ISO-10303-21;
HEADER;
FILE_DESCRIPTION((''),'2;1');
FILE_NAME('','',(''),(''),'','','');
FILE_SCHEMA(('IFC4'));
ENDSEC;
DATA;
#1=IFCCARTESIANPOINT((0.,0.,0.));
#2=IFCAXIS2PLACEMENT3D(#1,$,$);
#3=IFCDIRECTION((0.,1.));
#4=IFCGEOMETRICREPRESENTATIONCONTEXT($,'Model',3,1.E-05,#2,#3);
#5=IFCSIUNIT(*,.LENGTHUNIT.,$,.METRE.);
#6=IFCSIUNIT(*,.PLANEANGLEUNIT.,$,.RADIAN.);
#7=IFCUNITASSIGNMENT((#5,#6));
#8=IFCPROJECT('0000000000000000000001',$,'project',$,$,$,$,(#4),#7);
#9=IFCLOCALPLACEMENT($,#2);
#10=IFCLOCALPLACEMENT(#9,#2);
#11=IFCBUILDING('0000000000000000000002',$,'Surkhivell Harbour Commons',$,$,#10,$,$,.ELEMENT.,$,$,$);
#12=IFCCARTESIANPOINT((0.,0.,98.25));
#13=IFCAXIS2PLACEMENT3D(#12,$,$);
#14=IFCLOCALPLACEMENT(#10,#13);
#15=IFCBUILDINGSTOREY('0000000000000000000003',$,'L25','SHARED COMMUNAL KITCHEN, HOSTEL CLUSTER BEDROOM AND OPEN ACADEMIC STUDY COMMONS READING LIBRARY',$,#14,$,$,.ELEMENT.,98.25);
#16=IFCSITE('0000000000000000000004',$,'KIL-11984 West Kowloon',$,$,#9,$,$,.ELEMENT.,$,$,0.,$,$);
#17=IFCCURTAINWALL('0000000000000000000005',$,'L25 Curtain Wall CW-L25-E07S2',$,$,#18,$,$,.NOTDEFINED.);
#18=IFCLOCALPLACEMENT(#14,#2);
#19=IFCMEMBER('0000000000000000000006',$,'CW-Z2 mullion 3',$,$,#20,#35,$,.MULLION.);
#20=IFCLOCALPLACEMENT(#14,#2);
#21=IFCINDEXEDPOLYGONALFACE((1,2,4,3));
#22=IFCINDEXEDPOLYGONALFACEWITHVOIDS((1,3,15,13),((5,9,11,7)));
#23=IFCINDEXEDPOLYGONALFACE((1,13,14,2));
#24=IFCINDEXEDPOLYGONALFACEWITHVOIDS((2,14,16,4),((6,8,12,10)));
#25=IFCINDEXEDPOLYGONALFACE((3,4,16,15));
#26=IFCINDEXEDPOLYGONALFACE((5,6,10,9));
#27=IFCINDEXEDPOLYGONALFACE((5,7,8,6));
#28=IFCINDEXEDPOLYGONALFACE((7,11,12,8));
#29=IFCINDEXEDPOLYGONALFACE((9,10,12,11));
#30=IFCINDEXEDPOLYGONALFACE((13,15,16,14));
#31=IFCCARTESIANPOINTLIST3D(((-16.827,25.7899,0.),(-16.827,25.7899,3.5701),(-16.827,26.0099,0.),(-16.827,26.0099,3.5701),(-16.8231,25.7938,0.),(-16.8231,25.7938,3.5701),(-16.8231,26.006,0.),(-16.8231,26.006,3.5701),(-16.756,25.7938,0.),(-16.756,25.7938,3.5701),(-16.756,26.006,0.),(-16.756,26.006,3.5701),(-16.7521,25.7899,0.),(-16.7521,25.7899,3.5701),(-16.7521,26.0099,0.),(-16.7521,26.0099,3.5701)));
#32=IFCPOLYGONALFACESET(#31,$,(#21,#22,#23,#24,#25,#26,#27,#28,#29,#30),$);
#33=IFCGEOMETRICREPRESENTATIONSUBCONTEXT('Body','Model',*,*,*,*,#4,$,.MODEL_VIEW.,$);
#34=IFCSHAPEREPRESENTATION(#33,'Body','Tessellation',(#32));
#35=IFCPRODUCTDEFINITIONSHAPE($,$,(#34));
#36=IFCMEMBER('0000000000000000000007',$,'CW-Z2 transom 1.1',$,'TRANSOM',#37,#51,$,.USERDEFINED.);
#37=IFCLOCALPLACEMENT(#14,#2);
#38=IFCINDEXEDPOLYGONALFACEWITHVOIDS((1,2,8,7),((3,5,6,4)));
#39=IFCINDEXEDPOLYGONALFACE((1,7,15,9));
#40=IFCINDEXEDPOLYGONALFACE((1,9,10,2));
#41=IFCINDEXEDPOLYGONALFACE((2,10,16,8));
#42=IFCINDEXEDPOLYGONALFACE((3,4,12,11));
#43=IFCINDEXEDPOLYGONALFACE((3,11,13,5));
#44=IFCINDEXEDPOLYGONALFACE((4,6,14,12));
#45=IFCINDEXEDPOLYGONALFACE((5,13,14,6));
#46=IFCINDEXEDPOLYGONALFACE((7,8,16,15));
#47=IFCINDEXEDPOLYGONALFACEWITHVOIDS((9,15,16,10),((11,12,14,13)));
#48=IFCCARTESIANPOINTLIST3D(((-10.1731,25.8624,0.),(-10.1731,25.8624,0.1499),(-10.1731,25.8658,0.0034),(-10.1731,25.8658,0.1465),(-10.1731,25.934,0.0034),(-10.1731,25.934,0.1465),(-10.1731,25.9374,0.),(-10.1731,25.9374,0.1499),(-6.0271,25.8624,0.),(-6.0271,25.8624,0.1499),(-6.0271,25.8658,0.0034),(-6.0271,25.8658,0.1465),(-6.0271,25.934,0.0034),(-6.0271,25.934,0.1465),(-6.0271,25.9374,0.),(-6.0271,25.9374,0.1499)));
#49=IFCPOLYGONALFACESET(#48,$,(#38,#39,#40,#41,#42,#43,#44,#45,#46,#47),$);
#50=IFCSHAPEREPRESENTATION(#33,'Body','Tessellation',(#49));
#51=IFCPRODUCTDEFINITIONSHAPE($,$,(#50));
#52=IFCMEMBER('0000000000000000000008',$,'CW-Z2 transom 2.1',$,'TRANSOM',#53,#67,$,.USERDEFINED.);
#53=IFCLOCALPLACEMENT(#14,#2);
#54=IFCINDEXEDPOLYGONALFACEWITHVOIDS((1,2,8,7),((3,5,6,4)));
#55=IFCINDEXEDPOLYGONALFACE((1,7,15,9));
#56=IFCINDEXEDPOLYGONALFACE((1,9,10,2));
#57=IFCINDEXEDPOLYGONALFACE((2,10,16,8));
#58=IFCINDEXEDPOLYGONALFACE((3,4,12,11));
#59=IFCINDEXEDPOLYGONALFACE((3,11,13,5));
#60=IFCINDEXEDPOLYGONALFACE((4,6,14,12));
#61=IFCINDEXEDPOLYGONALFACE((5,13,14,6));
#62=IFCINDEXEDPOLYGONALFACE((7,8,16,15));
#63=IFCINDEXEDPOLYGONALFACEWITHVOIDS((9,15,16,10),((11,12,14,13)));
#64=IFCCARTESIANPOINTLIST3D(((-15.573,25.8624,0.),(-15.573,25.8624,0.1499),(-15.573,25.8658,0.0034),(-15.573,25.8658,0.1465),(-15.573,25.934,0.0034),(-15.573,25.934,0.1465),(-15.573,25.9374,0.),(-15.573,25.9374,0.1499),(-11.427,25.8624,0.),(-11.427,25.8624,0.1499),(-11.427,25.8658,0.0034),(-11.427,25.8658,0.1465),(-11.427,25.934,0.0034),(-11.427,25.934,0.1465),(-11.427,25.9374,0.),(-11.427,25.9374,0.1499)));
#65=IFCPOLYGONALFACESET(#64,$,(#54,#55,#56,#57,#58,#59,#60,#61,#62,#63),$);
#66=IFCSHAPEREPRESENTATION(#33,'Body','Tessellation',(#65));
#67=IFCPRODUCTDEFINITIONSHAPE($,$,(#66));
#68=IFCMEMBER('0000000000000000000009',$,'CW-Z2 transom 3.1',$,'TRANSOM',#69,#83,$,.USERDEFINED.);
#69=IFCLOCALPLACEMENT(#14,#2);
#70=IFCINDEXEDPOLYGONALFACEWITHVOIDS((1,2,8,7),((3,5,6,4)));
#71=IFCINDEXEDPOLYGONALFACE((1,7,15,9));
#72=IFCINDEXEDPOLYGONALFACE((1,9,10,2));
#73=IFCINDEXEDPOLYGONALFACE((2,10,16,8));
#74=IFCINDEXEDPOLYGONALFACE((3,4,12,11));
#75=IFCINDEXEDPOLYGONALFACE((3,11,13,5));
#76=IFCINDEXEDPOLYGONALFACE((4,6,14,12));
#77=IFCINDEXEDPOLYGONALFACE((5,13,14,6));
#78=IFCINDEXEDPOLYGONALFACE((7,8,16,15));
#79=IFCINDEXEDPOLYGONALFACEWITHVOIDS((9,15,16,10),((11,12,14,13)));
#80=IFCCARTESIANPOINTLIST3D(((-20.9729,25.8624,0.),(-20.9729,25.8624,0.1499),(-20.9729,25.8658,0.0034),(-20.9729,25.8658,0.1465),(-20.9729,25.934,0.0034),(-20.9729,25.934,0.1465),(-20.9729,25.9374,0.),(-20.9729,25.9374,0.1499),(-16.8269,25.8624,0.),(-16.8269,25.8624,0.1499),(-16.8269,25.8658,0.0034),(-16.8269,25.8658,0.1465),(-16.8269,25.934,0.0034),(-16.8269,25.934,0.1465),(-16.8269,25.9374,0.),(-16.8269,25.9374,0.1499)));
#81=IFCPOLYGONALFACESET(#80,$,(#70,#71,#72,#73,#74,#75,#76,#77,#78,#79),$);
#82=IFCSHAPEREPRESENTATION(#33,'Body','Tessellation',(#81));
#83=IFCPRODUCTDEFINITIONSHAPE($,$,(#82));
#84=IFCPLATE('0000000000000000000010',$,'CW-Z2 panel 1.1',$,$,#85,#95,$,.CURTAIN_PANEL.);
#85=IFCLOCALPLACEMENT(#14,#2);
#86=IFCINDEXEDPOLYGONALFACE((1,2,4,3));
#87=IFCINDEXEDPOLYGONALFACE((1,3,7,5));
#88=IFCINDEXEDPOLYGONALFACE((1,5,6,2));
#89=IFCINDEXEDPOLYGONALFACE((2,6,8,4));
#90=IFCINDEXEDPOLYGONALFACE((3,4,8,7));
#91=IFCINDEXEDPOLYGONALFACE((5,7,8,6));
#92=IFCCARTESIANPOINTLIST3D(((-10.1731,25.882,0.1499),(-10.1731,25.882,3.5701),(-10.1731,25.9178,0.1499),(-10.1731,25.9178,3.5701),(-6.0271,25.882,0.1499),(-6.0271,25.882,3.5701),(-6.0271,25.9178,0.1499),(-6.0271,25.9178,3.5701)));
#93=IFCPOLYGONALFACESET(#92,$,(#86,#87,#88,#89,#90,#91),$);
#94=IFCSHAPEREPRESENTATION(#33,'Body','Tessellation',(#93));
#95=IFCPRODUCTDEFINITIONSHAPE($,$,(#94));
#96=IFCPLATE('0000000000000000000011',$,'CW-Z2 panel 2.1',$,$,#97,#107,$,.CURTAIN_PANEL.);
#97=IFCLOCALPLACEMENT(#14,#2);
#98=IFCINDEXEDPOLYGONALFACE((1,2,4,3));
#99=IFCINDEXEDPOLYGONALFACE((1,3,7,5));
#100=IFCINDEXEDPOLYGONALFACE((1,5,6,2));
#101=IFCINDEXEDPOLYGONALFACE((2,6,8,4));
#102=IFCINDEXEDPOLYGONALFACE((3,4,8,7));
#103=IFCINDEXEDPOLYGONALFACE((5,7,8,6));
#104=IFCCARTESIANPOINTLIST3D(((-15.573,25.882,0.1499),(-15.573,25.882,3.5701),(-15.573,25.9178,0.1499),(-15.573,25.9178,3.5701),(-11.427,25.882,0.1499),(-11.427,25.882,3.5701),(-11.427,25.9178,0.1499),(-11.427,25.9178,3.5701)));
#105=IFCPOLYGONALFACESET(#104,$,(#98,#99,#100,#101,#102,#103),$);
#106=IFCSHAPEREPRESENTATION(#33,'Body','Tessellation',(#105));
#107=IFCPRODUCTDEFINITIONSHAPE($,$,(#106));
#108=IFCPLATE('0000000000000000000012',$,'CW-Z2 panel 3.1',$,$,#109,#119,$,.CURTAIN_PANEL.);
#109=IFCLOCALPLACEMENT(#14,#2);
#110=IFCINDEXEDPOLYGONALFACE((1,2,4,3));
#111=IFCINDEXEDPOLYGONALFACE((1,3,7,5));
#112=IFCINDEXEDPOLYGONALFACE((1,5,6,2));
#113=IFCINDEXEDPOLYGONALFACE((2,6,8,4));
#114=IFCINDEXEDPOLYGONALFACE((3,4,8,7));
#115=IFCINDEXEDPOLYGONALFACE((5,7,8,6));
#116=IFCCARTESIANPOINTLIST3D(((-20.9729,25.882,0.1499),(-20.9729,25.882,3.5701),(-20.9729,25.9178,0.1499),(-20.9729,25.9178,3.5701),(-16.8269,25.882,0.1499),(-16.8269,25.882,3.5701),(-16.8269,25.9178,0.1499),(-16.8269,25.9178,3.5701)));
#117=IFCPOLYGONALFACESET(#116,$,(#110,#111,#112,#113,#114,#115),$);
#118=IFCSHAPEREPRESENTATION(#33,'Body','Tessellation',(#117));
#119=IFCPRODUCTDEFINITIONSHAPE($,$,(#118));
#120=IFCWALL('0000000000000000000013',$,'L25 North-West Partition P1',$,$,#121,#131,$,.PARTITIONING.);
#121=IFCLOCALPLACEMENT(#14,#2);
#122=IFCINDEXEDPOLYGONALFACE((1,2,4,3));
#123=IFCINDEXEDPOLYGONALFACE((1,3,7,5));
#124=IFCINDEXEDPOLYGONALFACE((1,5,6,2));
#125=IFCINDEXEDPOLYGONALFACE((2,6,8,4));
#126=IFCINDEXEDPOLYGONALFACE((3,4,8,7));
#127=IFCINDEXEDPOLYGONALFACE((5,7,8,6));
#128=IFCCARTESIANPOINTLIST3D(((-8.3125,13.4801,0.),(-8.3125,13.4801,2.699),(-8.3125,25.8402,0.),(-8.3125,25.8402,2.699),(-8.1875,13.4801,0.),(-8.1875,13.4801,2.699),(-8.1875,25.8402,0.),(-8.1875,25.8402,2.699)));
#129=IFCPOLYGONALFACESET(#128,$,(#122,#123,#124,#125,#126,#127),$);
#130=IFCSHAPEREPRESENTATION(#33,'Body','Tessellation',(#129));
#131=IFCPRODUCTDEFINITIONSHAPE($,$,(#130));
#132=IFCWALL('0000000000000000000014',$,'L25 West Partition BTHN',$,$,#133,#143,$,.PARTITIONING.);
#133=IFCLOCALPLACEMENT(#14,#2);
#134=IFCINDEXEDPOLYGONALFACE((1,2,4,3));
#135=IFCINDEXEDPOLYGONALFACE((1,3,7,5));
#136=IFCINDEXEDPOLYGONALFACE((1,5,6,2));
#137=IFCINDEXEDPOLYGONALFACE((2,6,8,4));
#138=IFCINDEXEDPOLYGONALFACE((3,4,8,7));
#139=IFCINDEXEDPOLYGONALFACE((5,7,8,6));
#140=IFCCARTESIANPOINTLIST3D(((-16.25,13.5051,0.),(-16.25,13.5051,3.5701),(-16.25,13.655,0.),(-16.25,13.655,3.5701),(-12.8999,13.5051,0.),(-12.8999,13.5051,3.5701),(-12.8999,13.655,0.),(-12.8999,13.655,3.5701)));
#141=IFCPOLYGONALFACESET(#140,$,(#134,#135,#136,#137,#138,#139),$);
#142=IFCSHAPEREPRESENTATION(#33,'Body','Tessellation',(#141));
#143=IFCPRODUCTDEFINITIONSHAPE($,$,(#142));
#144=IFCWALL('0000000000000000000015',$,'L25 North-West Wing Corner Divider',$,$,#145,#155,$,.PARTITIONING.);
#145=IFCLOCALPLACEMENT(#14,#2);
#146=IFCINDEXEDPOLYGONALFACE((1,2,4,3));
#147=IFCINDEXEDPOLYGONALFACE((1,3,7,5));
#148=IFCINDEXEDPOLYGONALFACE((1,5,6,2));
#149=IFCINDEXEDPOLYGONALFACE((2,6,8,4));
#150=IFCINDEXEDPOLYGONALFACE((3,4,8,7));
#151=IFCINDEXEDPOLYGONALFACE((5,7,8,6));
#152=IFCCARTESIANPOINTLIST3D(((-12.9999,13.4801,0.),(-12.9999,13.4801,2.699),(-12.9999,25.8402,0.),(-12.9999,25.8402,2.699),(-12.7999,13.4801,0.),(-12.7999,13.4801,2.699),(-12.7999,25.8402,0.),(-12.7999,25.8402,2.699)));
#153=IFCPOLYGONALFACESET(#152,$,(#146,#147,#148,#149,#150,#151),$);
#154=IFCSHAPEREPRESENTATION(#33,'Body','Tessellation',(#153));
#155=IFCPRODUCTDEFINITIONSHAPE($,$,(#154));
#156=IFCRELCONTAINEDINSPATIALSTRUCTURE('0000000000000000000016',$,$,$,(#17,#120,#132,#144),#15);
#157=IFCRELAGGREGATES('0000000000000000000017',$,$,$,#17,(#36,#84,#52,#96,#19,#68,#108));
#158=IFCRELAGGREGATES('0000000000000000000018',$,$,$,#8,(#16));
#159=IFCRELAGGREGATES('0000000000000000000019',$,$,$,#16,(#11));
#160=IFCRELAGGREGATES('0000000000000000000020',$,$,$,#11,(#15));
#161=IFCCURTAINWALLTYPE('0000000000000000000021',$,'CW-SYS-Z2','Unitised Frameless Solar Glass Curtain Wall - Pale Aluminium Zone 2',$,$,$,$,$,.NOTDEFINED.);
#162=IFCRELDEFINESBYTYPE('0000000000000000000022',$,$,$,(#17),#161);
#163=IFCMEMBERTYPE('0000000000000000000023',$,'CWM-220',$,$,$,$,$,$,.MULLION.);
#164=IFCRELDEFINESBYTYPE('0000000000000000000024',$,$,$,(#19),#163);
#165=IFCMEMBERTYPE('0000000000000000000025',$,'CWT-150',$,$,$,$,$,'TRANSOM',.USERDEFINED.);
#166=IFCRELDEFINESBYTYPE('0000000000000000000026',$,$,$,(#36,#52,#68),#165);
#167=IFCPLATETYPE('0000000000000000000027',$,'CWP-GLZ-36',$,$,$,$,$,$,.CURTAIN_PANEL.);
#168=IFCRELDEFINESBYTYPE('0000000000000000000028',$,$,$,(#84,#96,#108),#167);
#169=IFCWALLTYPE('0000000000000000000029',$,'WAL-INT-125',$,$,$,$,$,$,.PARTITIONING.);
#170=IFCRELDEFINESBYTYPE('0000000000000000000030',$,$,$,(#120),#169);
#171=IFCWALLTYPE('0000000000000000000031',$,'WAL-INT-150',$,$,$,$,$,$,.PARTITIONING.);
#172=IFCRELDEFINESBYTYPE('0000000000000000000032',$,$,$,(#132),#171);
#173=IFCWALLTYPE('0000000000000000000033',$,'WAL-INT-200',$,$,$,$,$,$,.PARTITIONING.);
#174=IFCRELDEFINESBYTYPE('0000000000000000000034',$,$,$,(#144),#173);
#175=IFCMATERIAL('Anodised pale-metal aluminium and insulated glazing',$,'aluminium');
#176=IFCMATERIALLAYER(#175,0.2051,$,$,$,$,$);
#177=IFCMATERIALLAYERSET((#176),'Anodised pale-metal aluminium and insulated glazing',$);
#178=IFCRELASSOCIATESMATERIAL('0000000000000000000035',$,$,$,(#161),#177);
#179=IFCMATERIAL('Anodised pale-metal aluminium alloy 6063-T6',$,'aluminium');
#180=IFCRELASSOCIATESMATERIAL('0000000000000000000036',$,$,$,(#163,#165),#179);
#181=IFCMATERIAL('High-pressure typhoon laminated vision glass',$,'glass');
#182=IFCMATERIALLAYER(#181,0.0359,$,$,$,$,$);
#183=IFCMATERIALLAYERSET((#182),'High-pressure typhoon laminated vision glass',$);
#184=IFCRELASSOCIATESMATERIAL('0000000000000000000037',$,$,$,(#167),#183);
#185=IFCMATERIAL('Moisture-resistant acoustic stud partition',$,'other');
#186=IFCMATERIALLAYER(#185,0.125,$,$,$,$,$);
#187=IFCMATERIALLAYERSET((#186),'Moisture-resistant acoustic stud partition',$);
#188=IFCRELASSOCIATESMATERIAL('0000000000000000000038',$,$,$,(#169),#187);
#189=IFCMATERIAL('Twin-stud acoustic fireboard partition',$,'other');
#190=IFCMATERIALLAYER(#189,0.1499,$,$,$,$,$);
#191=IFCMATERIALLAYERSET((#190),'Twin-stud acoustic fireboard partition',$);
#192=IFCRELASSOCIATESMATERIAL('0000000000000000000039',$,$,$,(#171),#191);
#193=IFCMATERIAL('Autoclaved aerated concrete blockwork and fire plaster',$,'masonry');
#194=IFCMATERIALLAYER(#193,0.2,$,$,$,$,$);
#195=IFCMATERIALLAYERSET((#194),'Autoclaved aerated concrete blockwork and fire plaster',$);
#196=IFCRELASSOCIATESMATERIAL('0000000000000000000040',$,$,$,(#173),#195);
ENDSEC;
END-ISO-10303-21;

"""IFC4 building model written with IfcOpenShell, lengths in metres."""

from ifc_helpers import new_model, si_unit, direction, frame, frame_2d, origin, origin_2d, place, context, subcontext, project, spatial, rectangle, hollow_rectangle, extrude, material, layer, layer_set, material_profile, profile_set, type_object, element, aggregate, save


model = new_model("IFC4")

# Units and contexts
model_context = context("Model", 3, precision=1e-05, world=origin(), true_north=direction((0.0, 1.0)))
body_context = subcontext(model_context, "Body", "Model", "MODEL_VIEW")
ifc_project = project(units=[si_unit("LENGTHUNIT", "METRE"), si_unit("PLANEANGLEUNIT", "RADIAN")], contexts=[model_context])

# Site, building, storey
site_placement = place(None, origin())
site = spatial("IfcSite", under=ifc_project, at=site_placement, Name="KIL-11984 West Kowloon", CompositionType="ELEMENT", RefElevation=0.0)
building_placement = place(site_placement, origin())
building = spatial("IfcBuilding", under=site, at=building_placement, Name="Surkhivell Harbour Commons", CompositionType="ELEMENT")
storey_placement = place(building_placement, frame((0.0, 0.0, 98.25)))
storey = spatial("IfcBuildingStorey", under=building, at=storey_placement, Name="L25", Description="SHARED COMMUNAL KITCHEN, HOSTEL CLUSTER BEDROOM AND OPEN ACADEMIC STUDY COMMONS READING LIBRARY", CompositionType="ELEMENT", Elevation=98.25)

# Curtain wall, members, plates
ifc_material_1 = material(Name="Anodised pale-metal aluminium and insulated glazing", Category="aluminium")
ifc_layer_1 = layer(ifc_material_1, 0.2051)
ifc_layer_set_1 = layer_set([ifc_layer_1], Name="Anodised pale-metal aluminium and insulated glazing")
curtain_wall_type = type_object("IfcCurtainWallType", Name="CW-SYS-Z2", Description="Unitised Frameless Solar Glass Curtain Wall - Pale Aluminium Zone 2", PredefinedType="NOTDEFINED", material=ifc_layer_set_1)
curtain_wall_placement = place(storey_placement, origin())
curtain_wall = element("IfcCurtainWall", 1, at=curtain_wall_placement, inside=storey, type_object=curtain_wall_type, Name="L25 Curtain Wall CW-L25-E07S2", PredefinedType="NOTDEFINED")
ifc_material_2 = material(Name="Anodised pale-metal aluminium alloy 6063-T6", Category="aluminium")
ifc_material_profile_1 = material_profile(ifc_material_2, hollow_rectangle(XDim=0.075, YDim=0.22, WallThickness=0.0039, at=origin_2d()), Name="ALU-MULL-75x220")
ifc_profile_set_1 = profile_set([ifc_material_profile_1], Name="Anodised pale-metal aluminium alloy 6063-T6")
member_type_1 = type_object("IfcMemberType", Name="CWM-220", PredefinedType="MULLION", material=ifc_profile_set_1)
member_1_placement = place(storey_placement, frame((-16.7896, 25.8999, 0.0), z_axis=(0.0, 0.0, 1.0), x_axis=(-1.0, 0.0, 0.0)))
member_1 = element("IfcMember", 2, at=member_1_placement, type_object=member_type_1, Name="CW-Z2 mullion 3", PredefinedType="MULLION", context=body_context, shape_type="SweptSolid", body=[
    extrude(hollow_rectangle(XDim=0.075, YDim=0.22, WallThickness=0.0039, at=origin_2d()), origin(), (0.0, 0.0, 1.0), 3.5701),
])
ifc_material_profile_2 = material_profile(ifc_material_2, hollow_rectangle(XDim=0.075, YDim=0.1499, WallThickness=0.0034, at=origin_2d()), Name="ALU-TRAN-75x150")
ifc_profile_set_2 = profile_set([ifc_material_profile_2], Name="Anodised pale-metal aluminium alloy 6063-T6")
member_type_2 = type_object("IfcMemberType", Name="CWT-150", ElementType="TRANSOM", PredefinedType="USERDEFINED", material=ifc_profile_set_2)
member_2_placement = place(storey_placement, frame((-6.0271, 25.8999, 0.075), z_axis=(-1.0, 0.0, 0.0), x_axis=(0.0, -1.0, 0.0)))
member_2 = element("IfcMember", 3, at=member_2_placement, type_object=member_type_2, Name="CW-Z2 transom 1.1", ObjectType="TRANSOM", PredefinedType="USERDEFINED", context=body_context, shape_type="SweptSolid", body=[
    extrude(hollow_rectangle(XDim=0.075, YDim=0.1499, WallThickness=0.0034, at=origin_2d()), origin(), (0.0, 0.0, 1.0), 4.146),
])
member_3_placement = place(storey_placement, frame((-11.427, 25.8999, 0.075), z_axis=(-1.0, 0.0, 0.0), x_axis=(0.0, -1.0, 0.0)))
member_3 = element("IfcMember", 4, at=member_3_placement, type_object=member_type_2, Name="CW-Z2 transom 2.1", ObjectType="TRANSOM", PredefinedType="USERDEFINED", context=body_context, shape_type="SweptSolid", body=[
    extrude(hollow_rectangle(XDim=0.075, YDim=0.1499, WallThickness=0.0034, at=origin_2d()), origin(), (0.0, 0.0, 1.0), 4.146),
])
member_4_placement = place(storey_placement, frame((-16.8269, 25.8999, 0.075), z_axis=(-1.0, 0.0, 0.0), x_axis=(0.0, -1.0, 0.0)))
member_4 = element("IfcMember", 5, at=member_4_placement, type_object=member_type_2, Name="CW-Z2 transom 3.1", ObjectType="TRANSOM", PredefinedType="USERDEFINED", context=body_context, shape_type="SweptSolid", body=[
    extrude(hollow_rectangle(XDim=0.075, YDim=0.1499, WallThickness=0.0034, at=origin_2d()), origin(), (0.0, 0.0, 1.0), 4.146),
])
ifc_material_3 = material(Name="High-pressure typhoon laminated vision glass", Category="glass")
ifc_layer_2 = layer(ifc_material_3, 0.0359)
ifc_layer_set_2 = layer_set([ifc_layer_2], Name="High-pressure typhoon laminated vision glass")
plate_type = type_object("IfcPlateType", Name="CWP-GLZ-36", PredefinedType="CURTAIN_PANEL", material=ifc_layer_set_2)
plate_1_placement = place(storey_placement, frame((-6.0271, 25.8999, 0.1499), z_axis=(0.0, 0.0, 1.0), x_axis=(-1.0, 0.0, 0.0)))
plate_1 = element("IfcPlate", 6, at=plate_1_placement, type_object=plate_type, Name="CW-Z2 panel 1.1", PredefinedType="CURTAIN_PANEL", context=body_context, shape_type="SweptSolid", body=[
    extrude(rectangle(XDim=4.146, YDim=0.0359, at=frame_2d((2.073, 0.0))), origin(), (0.0, 0.0, 1.0), 3.4202),
])
plate_2_placement = place(storey_placement, frame((-11.427, 25.8999, 0.1499), z_axis=(0.0, 0.0, 1.0), x_axis=(-1.0, 0.0, 0.0)))
plate_2 = element("IfcPlate", 7, at=plate_2_placement, type_object=plate_type, Name="CW-Z2 panel 2.1", PredefinedType="CURTAIN_PANEL", context=body_context, shape_type="SweptSolid", body=[
    extrude(rectangle(XDim=4.146, YDim=0.0359, at=frame_2d((2.073, 0.0))), origin(), (0.0, 0.0, 1.0), 3.4202),
])
plate_3_placement = place(storey_placement, frame((-16.8269, 25.8999, 0.1499), z_axis=(0.0, 0.0, 1.0), x_axis=(-1.0, 0.0, 0.0)))
plate_3 = element("IfcPlate", 8, at=plate_3_placement, type_object=plate_type, Name="CW-Z2 panel 3.1", PredefinedType="CURTAIN_PANEL", context=body_context, shape_type="SweptSolid", body=[
    extrude(rectangle(XDim=4.146, YDim=0.0359, at=frame_2d((2.073, 0.0))), origin(), (0.0, 0.0, 1.0), 3.4202),
])
aggregate(curtain_wall, [member_2, plate_1, member_3, plate_2, member_1, member_4, plate_3])

# Walls
ifc_material_4 = material(Name="Moisture-resistant acoustic stud partition", Category="other")
ifc_layer_3 = layer(ifc_material_4, 0.125)
ifc_layer_set_3 = layer_set([ifc_layer_3], Name="Moisture-resistant acoustic stud partition")
wall_type_1 = type_object("IfcWallType", Name="WAL-INT-125", PredefinedType="PARTITIONING", material=ifc_layer_set_3)
wall_1_placement = place(storey_placement, frame((-8.25, 13.48, 0.0), z_axis=(0.0, 0.0, 1.0), x_axis=(0.0, 1.0, 0.0)))
element("IfcWall", 9, at=wall_1_placement, inside=storey, type_object=wall_type_1, Name="L25 North-West Partition P1", PredefinedType="PARTITIONING", context=body_context, shape_type="SweptSolid", body=[
    extrude(rectangle(XDim=12.3601, YDim=0.125, at=frame_2d((6.1802, 0.0))), origin(), (0.0, 0.0, 1.0), 2.699),
])
ifc_material_5 = material(Name="Twin-stud acoustic fireboard partition", Category="other")
ifc_layer_4 = layer(ifc_material_5, 0.1499)
ifc_layer_set_4 = layer_set([ifc_layer_4], Name="Twin-stud acoustic fireboard partition")
wall_type_2 = type_object("IfcWallType", Name="WAL-INT-150", PredefinedType="PARTITIONING", material=ifc_layer_set_4)
wall_2_placement = place(storey_placement, frame((-16.25, 13.5801, 0.0), z_axis=(0.0, 0.0, 1.0), x_axis=(1.0, 0.0, 0.0)))
element("IfcWall", 10, at=wall_2_placement, inside=storey, type_object=wall_type_2, Name="L25 West Partition BTHN", PredefinedType="PARTITIONING", context=body_context, shape_type="SweptSolid", body=[
    extrude(rectangle(XDim=3.3501, YDim=0.1499, at=frame_2d((1.675, 0.0))), origin(), (0.0, 0.0, 1.0), 3.5701),
])
ifc_material_6 = material(Name="Autoclaved aerated concrete blockwork and fire plaster", Category="masonry")
ifc_layer_5 = layer(ifc_material_6, 0.2)
ifc_layer_set_5 = layer_set([ifc_layer_5], Name="Autoclaved aerated concrete blockwork and fire plaster")
wall_type_3 = type_object("IfcWallType", Name="WAL-INT-200", PredefinedType="PARTITIONING", material=ifc_layer_set_5)
wall_3_placement = place(storey_placement, frame((-12.8999, 13.48, 0.0), z_axis=(0.0, 0.0, 1.0), x_axis=(0.0, 1.0, 0.0)))
element("IfcWall", 11, at=wall_3_placement, inside=storey, type_object=wall_type_3, Name="L25 North-West Wing Corner Divider", PredefinedType="PARTITIONING", context=body_context, shape_type="SweptSolid", body=[
    extrude(rectangle(XDim=12.3601, YDim=0.2, at=frame_2d((6.1802, 0.0))), origin(), (0.0, 0.0, 1.0), 2.699),
])

save(model, "model.ifc")
